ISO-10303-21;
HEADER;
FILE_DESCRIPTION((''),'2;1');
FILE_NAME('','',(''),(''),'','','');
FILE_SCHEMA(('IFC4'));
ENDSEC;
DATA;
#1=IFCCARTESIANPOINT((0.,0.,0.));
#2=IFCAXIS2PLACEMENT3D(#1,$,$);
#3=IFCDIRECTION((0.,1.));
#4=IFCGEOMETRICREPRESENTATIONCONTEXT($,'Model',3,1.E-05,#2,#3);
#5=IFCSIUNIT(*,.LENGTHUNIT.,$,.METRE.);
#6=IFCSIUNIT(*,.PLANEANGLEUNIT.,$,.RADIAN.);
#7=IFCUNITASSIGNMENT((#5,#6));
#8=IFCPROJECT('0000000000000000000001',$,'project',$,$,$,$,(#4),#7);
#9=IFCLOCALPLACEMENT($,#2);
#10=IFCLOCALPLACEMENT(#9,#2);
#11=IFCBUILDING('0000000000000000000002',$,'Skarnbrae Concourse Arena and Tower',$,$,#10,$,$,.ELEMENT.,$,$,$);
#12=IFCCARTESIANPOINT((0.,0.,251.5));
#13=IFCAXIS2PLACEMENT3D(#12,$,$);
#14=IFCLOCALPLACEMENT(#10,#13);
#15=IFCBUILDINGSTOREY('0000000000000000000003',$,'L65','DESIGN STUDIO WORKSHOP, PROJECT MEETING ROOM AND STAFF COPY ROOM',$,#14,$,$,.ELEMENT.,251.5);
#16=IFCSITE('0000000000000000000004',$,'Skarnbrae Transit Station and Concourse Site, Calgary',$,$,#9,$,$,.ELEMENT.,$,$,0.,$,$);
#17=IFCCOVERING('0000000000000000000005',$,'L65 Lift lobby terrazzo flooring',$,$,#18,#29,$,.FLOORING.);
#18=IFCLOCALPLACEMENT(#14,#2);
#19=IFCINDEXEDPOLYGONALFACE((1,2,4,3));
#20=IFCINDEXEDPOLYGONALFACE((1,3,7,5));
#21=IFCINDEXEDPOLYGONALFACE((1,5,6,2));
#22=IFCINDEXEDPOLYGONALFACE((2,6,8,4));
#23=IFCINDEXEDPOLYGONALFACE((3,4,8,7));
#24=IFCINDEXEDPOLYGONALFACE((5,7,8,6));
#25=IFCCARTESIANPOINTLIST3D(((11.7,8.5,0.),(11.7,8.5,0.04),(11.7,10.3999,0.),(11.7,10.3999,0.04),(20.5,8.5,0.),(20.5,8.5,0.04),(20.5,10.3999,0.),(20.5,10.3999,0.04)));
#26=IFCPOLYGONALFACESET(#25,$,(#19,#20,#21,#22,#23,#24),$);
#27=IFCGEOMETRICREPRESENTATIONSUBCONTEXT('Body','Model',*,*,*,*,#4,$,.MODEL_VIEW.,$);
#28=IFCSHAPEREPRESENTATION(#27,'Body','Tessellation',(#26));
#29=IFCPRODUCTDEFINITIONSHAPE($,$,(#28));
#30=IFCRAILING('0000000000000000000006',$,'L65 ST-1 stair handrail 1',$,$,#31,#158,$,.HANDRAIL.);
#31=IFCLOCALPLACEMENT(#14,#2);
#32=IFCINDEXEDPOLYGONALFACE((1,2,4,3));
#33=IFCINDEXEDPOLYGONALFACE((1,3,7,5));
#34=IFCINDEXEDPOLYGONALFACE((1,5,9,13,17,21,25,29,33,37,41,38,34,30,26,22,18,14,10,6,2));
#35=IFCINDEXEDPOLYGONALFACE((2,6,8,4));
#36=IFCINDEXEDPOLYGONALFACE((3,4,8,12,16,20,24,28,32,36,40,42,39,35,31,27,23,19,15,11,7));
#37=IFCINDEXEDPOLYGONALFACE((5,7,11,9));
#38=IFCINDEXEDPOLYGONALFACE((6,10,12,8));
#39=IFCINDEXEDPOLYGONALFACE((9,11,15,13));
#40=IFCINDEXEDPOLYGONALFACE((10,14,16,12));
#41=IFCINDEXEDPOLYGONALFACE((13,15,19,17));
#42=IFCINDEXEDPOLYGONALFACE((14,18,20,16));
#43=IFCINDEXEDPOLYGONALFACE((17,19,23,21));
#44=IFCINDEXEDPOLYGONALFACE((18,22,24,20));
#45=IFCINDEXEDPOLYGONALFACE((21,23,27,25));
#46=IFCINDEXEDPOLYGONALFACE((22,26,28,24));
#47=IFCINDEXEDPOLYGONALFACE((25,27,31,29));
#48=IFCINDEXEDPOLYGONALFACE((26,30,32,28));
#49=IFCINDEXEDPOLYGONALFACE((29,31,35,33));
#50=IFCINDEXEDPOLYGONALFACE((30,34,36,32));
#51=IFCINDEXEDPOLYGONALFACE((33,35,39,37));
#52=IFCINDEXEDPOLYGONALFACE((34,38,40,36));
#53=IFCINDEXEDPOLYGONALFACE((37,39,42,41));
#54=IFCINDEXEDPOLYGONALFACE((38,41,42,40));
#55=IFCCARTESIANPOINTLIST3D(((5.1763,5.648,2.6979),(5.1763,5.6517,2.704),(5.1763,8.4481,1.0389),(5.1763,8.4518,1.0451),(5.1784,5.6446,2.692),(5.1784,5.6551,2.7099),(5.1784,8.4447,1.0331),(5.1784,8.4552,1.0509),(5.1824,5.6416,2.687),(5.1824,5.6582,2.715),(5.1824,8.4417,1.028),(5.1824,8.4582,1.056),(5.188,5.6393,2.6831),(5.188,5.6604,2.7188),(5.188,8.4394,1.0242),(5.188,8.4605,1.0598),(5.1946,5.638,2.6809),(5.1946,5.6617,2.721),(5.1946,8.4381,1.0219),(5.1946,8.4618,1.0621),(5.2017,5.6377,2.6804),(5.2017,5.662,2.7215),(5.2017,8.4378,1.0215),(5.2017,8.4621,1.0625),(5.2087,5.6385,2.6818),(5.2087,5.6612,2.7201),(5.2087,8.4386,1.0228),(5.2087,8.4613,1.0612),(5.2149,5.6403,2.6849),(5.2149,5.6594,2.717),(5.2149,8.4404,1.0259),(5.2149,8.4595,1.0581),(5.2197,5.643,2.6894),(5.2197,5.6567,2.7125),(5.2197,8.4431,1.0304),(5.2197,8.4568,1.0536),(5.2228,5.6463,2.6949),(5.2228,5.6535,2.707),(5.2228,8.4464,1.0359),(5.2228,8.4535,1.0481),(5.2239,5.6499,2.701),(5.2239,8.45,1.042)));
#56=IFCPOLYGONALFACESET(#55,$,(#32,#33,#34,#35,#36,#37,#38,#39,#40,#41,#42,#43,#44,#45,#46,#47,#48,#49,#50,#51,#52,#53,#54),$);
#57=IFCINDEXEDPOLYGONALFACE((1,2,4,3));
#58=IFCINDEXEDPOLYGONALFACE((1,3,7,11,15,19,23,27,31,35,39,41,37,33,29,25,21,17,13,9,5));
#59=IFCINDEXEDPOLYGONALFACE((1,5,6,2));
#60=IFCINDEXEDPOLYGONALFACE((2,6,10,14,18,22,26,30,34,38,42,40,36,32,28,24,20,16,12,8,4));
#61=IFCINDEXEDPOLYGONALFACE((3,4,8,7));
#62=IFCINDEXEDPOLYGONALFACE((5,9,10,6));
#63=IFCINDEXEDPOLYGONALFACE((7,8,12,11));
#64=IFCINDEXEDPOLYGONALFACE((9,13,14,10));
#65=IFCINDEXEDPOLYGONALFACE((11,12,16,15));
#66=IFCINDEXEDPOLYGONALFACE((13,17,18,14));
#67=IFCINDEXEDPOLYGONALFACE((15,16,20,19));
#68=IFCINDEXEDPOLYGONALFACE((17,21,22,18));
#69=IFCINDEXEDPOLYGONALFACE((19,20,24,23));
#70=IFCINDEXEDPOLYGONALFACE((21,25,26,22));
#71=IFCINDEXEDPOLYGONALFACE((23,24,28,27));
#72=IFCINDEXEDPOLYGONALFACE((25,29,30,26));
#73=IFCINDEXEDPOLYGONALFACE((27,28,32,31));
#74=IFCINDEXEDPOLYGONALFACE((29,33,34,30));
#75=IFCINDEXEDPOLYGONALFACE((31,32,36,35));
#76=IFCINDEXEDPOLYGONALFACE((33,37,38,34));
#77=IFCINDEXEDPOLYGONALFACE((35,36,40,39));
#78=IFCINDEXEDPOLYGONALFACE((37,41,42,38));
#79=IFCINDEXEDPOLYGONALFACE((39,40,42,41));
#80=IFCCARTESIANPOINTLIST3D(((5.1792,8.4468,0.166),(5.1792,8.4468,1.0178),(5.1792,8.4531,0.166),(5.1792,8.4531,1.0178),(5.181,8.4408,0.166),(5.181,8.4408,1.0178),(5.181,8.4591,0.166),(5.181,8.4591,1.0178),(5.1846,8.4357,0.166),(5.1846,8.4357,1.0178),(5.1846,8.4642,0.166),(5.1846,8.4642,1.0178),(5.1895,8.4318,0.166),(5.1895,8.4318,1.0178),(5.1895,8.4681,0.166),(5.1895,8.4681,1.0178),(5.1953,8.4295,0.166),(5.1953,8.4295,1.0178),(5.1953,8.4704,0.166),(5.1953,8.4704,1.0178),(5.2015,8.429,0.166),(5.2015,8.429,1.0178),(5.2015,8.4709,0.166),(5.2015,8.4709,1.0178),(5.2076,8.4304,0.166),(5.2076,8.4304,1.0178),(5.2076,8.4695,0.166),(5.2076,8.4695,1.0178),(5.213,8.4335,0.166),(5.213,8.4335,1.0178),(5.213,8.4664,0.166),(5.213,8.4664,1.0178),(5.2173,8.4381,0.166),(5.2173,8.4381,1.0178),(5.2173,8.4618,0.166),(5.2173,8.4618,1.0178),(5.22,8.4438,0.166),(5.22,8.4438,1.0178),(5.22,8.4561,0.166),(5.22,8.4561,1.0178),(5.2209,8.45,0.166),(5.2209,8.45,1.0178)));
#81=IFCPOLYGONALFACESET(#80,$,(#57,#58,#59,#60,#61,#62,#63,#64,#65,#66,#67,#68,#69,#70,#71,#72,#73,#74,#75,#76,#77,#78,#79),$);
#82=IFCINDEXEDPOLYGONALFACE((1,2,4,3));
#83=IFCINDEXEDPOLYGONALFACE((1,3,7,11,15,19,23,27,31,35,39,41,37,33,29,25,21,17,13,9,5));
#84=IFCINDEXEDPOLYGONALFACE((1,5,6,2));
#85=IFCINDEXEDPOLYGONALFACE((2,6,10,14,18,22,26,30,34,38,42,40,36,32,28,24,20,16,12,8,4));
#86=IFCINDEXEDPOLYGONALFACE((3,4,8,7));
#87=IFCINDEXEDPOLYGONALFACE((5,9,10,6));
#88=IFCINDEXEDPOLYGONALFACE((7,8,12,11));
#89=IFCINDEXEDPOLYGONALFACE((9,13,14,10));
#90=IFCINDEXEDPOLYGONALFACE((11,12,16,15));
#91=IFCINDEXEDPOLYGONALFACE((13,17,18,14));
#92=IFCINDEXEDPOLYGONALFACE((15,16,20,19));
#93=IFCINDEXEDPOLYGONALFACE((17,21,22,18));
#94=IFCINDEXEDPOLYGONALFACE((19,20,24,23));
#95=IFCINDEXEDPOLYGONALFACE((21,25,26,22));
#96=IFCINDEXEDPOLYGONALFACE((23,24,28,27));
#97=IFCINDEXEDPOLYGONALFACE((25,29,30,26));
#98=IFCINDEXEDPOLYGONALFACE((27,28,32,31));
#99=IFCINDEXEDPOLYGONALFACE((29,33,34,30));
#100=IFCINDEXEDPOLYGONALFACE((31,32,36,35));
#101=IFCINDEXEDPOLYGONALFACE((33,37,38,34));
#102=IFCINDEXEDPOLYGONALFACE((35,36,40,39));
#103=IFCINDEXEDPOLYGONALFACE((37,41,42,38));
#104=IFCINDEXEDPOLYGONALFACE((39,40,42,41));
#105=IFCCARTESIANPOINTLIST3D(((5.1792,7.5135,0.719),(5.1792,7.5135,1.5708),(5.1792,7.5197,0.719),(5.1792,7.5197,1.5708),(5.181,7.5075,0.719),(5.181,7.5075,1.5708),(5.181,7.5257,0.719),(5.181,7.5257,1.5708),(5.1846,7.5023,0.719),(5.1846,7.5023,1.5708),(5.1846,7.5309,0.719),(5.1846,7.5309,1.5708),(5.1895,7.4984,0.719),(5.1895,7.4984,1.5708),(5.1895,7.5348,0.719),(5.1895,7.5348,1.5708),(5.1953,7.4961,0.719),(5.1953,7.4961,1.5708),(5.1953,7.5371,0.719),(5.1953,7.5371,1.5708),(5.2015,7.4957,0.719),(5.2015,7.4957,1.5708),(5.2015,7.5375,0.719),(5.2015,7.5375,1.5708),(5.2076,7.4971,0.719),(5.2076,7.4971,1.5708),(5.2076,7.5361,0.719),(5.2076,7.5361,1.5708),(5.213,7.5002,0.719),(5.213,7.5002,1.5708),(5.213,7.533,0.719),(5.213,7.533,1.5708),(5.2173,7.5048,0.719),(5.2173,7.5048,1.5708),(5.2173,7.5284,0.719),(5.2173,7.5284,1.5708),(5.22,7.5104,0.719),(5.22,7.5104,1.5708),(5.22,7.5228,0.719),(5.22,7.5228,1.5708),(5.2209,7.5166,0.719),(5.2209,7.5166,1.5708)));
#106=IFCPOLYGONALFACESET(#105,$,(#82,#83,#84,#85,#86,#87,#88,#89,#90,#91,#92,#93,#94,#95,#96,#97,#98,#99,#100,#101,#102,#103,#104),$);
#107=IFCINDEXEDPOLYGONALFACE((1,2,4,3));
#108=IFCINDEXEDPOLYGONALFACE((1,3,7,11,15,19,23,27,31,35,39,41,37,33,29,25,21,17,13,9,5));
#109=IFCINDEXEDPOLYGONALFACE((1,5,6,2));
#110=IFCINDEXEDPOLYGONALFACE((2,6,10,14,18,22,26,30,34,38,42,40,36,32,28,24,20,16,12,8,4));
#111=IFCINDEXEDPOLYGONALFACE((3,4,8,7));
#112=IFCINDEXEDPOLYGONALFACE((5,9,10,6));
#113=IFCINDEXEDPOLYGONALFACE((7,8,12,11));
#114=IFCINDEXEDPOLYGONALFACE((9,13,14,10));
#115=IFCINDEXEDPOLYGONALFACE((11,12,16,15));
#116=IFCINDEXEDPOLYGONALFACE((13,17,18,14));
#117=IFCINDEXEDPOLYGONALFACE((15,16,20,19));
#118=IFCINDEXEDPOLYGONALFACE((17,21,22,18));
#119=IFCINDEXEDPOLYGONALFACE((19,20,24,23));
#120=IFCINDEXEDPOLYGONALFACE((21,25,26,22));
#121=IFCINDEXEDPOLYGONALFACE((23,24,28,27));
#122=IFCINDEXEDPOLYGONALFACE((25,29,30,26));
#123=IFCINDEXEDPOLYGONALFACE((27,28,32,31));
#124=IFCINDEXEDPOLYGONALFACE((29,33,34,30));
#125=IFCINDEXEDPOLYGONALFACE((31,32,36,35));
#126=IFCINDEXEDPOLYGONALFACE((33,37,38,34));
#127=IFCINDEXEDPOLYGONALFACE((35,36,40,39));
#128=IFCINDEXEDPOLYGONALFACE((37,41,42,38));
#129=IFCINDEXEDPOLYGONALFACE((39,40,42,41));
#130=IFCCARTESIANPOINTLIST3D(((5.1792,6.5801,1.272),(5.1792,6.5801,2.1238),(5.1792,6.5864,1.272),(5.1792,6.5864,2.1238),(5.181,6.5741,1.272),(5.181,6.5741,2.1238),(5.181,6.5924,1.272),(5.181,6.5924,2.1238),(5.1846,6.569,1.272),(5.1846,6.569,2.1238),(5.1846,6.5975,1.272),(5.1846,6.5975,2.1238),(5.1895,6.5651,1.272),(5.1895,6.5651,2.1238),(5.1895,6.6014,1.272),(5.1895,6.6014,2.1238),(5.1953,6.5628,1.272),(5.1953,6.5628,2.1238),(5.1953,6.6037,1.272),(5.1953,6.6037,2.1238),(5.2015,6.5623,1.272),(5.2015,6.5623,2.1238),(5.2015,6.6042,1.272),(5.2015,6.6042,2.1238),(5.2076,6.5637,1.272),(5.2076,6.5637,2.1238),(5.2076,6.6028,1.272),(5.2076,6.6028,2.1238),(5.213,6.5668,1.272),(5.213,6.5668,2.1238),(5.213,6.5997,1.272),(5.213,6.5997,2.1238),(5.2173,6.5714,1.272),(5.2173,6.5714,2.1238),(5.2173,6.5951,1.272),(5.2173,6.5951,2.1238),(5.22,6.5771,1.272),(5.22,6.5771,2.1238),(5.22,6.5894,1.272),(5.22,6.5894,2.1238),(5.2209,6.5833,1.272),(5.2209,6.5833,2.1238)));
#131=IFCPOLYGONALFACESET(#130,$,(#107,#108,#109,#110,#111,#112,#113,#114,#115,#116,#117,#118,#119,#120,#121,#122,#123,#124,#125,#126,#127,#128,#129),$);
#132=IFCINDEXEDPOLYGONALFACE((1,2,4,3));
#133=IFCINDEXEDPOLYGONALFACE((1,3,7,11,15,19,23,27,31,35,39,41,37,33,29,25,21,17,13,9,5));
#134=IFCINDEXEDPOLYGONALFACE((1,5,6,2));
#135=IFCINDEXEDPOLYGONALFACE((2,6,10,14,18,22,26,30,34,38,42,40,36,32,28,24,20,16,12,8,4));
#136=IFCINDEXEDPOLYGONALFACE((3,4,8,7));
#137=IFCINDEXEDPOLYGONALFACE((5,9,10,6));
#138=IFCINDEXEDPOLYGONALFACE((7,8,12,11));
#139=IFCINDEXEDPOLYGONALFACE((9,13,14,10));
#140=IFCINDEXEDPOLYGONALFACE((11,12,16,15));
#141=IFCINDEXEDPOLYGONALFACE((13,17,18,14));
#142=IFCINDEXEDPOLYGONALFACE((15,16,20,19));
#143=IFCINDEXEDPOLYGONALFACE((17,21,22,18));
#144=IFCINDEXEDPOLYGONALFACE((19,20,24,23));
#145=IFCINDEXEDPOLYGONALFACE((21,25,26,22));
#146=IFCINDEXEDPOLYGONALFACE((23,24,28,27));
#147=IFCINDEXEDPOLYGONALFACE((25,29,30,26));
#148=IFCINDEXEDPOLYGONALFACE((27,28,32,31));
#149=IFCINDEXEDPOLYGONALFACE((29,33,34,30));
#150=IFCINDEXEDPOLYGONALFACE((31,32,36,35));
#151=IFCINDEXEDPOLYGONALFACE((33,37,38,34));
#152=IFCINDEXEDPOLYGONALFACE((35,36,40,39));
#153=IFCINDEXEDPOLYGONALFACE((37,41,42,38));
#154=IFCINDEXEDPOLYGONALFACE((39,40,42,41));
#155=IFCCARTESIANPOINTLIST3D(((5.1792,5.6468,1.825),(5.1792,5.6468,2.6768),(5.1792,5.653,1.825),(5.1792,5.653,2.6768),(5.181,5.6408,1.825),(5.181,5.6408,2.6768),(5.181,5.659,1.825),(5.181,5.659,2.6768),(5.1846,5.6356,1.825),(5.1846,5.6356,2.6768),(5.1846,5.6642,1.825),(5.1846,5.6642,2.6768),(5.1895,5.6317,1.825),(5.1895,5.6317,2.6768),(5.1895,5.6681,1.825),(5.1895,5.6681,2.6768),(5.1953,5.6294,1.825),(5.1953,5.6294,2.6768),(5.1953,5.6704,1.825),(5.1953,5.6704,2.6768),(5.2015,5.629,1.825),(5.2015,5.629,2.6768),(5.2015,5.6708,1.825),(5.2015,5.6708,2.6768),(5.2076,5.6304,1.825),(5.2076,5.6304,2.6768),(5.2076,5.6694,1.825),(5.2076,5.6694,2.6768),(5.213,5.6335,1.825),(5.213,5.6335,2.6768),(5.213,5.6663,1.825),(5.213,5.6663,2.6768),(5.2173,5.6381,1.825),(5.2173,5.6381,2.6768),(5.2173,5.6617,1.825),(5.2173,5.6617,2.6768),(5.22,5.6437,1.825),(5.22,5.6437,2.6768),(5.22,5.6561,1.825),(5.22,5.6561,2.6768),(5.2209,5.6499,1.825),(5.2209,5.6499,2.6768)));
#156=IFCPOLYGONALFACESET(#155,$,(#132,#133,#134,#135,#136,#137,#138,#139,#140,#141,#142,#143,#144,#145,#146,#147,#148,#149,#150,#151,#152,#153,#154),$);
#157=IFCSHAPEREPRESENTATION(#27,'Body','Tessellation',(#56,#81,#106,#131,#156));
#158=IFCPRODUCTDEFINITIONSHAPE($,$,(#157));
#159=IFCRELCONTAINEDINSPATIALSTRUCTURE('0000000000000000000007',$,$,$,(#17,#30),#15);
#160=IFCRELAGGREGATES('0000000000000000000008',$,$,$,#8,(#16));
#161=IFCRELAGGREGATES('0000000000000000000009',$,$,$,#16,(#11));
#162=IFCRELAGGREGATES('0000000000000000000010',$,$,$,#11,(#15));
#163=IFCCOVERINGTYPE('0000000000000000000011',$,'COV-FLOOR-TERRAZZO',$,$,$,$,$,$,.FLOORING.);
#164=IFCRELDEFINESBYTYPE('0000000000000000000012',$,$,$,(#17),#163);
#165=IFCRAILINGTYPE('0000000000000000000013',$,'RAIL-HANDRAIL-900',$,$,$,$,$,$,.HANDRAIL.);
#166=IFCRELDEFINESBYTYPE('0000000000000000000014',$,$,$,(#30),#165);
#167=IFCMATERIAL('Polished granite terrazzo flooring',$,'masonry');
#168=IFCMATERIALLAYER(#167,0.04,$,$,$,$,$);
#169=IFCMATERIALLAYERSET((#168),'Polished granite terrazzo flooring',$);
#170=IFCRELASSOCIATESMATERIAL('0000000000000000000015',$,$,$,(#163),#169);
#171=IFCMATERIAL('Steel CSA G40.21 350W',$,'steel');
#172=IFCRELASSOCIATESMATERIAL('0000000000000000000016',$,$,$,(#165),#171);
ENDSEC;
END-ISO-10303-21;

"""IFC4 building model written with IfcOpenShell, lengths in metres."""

from ifc_helpers import new_model, si_unit, direction, frame, origin, origin_2d, place, context, subcontext, project, spatial, polyline, circle, outline, extrude, material, layer, layer_set, type_object, element, save


model = new_model("IFC4")

# Units and contexts
model_context = context("Model", 3, precision=1e-05, world=origin(), true_north=direction((0.0, 1.0)))
body_context = subcontext(model_context, "Body", "Model", "MODEL_VIEW")
ifc_project = project(units=[si_unit("LENGTHUNIT", "METRE"), si_unit("PLANEANGLEUNIT", "RADIAN")], contexts=[model_context])

# Site, building, storey
site_placement = place(None, origin())
site = spatial("IfcSite", under=ifc_project, at=site_placement, Name="Skarnbrae Transit Station and Concourse Site, Calgary", CompositionType="ELEMENT", RefElevation=0.0)
building_placement = place(site_placement, origin())
building = spatial("IfcBuilding", under=site, at=building_placement, Name="Skarnbrae Concourse Arena and Tower", CompositionType="ELEMENT")
storey_placement = place(building_placement, frame((0.0, 0.0, 251.5)))
storey = spatial("IfcBuildingStorey", under=building, at=storey_placement, Name="L65", Description="DESIGN STUDIO WORKSHOP, PROJECT MEETING ROOM AND STAFF COPY ROOM", CompositionType="ELEMENT", Elevation=251.5)

# Shared definitions
ifc_material_1 = material(Name="Steel CSA G40.21 350W", Category="steel")

# Covering
ifc_material_2 = material(Name="Polished granite terrazzo flooring", Category="masonry")
ifc_layer_1 = layer(ifc_material_2, 0.04)
ifc_layer_set_1 = layer_set([ifc_layer_1], Name="Polished granite terrazzo flooring")
covering_type_1 = type_object("IfcCoveringType", Name="COV-FLOOR-TERRAZZO", PredefinedType="FLOORING", material=ifc_layer_set_1)
covering_1_placement = place(storey_placement, origin())
element("IfcCovering", 1, at=covering_1_placement, inside=storey, type_object=covering_type_1, Name="L65 Lift lobby terrazzo flooring", PredefinedType="FLOORING", context=body_context, shape_type="SweptSolid", body=[
    extrude(outline(polyline([(11.7, 8.5), (20.5, 8.5), (20.5, 10.3999), (11.7, 10.3999), (11.7, 8.5)])), origin(), (0.0, 0.0, 1.0), 0.04),
])

# Railing
railing_type = type_object("IfcRailingType", Name="RAIL-HANDRAIL-900", PredefinedType="HANDRAIL", material=ifc_material_1)
railing_placement = place(storey_placement, frame((5.2, 8.45, 0.166)))
element("IfcRailing", 2, at=railing_placement, inside=storey, type_object=railing_type, Name="L65 ST-1 stair handrail 1", PredefinedType="HANDRAIL", context=body_context, shape_type="SweptSolid", body=[
    extrude(circle(Radius=0.0239, at=origin_2d()), frame((0.0, 0.0, 0.876), z_axis=(0.0, -0.860339, 0.509722), x_axis=(1.0, 0.0, 0.0)), (0.0, 0.0, 1.0), 3.2546),
    extrude(circle(Radius=0.021, at=origin_2d()), origin(), (0.0, 0.0, 1.0), 0.8518),
    extrude(circle(Radius=0.021, at=origin_2d()), frame((0.0, -0.9333, 0.553)), (0.0, 0.0, 1.0), 0.8518),
    extrude(circle(Radius=0.021, at=origin_2d()), frame((0.0, -1.8667, 1.106)), (0.0, 0.0, 1.0), 0.8518),
    extrude(circle(Radius=0.021, at=origin_2d()), frame((0.0, -2.8, 1.6589)), (0.0, 0.0, 1.0), 0.8518),
])

save(model, "model.ifc")
